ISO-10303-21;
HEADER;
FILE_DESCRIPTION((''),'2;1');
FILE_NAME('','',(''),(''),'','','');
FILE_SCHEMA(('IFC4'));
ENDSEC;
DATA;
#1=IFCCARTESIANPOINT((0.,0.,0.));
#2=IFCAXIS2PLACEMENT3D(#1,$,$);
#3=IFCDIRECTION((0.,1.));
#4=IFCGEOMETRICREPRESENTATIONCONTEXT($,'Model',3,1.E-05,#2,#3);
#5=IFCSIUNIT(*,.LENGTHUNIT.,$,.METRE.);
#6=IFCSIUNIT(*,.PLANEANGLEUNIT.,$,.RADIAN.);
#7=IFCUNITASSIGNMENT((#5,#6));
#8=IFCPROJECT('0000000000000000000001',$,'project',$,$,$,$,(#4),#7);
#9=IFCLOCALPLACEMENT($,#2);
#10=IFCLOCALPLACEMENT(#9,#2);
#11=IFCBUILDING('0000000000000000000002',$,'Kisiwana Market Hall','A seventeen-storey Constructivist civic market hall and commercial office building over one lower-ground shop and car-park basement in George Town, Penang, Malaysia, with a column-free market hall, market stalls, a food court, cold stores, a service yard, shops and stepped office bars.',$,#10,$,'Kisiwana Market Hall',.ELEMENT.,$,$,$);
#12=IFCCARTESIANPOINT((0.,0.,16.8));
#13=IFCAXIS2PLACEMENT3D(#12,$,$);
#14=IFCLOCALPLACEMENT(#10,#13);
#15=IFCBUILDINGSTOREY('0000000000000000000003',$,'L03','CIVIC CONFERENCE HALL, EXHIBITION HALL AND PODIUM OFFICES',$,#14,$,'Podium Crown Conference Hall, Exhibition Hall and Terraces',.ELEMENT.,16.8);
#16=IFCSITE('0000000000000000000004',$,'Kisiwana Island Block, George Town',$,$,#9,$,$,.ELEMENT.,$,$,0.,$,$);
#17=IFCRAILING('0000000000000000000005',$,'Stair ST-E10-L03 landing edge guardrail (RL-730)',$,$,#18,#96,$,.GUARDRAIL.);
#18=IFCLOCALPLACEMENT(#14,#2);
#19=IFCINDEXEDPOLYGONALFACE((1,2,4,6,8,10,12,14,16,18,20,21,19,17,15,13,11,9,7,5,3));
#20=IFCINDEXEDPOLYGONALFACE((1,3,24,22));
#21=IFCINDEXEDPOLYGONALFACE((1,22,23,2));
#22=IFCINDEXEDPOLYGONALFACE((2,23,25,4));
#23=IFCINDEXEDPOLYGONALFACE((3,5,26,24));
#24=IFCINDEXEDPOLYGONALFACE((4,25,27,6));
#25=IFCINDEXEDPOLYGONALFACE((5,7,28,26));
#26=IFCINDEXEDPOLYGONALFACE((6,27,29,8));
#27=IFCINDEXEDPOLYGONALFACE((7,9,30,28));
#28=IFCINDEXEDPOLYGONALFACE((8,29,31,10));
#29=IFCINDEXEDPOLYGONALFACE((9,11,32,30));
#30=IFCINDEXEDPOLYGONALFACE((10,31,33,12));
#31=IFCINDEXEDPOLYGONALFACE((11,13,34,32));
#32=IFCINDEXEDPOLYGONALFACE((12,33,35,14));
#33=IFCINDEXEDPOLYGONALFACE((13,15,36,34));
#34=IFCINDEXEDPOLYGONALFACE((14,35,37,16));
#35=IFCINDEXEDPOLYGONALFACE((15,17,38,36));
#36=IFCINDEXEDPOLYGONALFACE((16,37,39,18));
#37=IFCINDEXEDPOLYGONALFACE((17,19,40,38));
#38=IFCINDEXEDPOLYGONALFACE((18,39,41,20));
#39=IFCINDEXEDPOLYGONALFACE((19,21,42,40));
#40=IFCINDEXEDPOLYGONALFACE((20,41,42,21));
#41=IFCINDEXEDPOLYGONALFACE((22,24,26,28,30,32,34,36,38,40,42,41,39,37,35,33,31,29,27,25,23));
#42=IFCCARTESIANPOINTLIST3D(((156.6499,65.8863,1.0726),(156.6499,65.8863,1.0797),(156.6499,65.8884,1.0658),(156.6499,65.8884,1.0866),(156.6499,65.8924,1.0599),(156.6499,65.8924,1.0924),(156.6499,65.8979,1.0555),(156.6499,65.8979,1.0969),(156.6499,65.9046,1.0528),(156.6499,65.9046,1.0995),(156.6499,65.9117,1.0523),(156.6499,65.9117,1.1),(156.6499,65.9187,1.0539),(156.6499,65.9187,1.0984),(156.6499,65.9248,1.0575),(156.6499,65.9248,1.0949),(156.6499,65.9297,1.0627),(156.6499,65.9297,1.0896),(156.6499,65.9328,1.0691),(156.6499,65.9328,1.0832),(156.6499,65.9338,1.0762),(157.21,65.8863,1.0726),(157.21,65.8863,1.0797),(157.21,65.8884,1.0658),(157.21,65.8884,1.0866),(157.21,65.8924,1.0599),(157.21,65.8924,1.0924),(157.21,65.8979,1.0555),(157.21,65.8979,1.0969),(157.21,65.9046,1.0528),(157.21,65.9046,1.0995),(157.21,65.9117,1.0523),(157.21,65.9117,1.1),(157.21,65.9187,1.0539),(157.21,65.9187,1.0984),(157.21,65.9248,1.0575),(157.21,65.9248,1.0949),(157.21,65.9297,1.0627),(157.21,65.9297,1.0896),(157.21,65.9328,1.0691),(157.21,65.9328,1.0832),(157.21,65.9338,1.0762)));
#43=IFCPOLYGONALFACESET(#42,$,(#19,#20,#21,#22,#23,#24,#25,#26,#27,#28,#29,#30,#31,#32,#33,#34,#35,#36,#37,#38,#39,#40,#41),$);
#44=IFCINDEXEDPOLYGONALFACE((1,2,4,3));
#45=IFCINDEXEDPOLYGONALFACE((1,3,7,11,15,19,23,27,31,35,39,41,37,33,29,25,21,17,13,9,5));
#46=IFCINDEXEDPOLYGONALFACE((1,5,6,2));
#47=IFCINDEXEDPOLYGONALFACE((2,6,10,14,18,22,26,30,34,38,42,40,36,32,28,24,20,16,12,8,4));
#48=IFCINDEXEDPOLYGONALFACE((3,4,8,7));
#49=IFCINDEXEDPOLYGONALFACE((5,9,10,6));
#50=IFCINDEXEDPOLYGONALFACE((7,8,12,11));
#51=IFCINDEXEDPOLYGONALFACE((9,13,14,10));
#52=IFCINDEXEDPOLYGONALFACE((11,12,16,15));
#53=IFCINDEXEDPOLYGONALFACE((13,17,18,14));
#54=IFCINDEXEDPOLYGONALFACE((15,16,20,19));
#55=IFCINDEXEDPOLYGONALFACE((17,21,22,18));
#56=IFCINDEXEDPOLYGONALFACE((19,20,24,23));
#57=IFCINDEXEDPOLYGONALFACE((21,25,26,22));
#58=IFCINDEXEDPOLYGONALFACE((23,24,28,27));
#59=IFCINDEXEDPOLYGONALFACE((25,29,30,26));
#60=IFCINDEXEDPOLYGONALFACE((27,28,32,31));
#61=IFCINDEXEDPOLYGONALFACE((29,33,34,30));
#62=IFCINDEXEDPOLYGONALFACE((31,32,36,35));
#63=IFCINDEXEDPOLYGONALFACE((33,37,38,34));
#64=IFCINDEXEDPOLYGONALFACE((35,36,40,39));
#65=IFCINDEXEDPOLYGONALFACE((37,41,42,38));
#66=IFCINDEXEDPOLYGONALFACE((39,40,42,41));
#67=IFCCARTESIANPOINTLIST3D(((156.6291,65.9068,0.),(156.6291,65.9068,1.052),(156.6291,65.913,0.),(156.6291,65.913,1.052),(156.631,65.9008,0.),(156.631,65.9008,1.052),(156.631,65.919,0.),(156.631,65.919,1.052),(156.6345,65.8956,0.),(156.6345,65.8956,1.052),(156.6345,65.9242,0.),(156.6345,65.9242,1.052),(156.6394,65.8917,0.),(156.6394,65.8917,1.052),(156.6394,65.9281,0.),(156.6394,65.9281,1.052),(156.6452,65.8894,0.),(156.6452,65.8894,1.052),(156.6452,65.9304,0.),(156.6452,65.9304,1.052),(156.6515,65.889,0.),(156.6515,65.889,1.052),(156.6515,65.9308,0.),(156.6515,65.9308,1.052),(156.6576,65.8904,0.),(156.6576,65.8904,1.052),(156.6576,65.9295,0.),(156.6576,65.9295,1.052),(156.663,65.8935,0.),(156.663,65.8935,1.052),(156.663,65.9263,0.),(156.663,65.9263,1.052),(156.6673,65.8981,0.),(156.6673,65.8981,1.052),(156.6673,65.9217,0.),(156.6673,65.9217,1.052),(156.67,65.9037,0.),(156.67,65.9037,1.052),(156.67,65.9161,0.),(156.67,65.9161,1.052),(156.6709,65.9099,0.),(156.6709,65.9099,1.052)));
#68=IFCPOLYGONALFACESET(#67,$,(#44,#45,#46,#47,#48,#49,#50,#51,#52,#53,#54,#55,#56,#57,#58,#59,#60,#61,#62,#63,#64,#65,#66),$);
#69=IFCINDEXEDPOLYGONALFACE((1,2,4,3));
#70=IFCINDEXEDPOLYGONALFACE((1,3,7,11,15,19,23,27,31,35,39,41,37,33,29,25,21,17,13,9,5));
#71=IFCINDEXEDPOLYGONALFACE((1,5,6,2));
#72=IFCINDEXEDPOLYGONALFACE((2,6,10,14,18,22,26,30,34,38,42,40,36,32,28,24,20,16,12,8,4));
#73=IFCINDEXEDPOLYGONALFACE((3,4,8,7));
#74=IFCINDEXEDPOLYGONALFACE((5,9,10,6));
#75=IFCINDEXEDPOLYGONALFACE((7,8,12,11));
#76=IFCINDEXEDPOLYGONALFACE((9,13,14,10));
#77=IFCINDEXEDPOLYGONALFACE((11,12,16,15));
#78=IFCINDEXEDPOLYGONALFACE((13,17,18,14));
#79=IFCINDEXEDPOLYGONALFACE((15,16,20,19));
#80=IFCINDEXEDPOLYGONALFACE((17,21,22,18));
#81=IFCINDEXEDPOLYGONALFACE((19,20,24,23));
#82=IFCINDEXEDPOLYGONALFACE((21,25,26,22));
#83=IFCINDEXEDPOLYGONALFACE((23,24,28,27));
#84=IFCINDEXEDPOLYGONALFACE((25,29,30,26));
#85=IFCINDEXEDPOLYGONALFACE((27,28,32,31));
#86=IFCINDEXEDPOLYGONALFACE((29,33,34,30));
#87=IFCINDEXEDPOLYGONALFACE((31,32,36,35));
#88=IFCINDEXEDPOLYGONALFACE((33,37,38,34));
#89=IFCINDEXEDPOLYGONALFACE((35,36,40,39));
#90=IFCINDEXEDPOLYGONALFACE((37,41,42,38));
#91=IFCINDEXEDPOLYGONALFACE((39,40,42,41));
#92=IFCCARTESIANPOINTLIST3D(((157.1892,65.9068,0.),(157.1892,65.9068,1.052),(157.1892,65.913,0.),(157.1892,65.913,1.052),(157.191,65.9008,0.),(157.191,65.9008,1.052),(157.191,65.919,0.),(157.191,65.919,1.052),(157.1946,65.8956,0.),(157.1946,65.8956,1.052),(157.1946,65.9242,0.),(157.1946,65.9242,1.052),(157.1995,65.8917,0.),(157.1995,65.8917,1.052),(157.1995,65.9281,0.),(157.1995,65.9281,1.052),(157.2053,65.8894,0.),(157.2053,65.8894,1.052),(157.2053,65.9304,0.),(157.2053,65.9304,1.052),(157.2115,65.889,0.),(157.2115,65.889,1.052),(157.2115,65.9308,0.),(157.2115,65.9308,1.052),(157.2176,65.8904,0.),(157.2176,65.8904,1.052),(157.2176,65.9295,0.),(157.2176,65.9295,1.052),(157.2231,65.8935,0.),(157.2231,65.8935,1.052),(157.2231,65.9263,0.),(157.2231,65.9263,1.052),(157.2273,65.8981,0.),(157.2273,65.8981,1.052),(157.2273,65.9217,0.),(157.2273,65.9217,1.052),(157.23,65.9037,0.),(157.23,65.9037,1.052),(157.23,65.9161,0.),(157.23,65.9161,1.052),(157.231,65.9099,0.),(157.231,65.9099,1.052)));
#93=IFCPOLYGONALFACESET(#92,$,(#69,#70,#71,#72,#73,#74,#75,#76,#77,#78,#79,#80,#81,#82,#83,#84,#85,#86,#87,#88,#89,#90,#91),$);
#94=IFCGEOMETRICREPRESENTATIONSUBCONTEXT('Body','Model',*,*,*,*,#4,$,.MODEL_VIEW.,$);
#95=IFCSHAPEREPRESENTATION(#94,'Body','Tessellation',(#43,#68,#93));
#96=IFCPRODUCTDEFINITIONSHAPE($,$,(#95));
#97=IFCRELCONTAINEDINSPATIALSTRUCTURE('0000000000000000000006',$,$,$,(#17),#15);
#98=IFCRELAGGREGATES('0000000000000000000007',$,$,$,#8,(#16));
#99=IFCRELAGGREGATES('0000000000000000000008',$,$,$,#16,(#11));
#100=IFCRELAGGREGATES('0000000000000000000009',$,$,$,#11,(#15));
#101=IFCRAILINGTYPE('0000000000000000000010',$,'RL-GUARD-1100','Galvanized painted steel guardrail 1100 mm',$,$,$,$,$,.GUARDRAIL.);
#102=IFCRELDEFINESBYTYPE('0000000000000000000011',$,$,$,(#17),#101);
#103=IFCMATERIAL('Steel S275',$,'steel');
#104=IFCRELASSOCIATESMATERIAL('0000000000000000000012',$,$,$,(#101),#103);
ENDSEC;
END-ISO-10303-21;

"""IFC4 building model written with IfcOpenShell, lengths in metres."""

from ifc_helpers import new_model, si_unit, direction, frame, origin, origin_2d, place, context, subcontext, project, spatial, circle, extrude, material, type_object, element, save


model = new_model("IFC4")

# Units and contexts
model_context = context("Model", 3, precision=1e-05, world=origin(), true_north=direction((0.0, 1.0)))
body_context = subcontext(model_context, "Body", "Model", "MODEL_VIEW")
ifc_project = project(units=[si_unit("LENGTHUNIT", "METRE"), si_unit("PLANEANGLEUNIT", "RADIAN")], contexts=[model_context])

# Site, building, storey
site_placement = place(None, origin())
site = spatial("IfcSite", under=ifc_project, at=site_placement, Name="Kisiwana Island Block, George Town", CompositionType="ELEMENT", RefElevation=0.0)
building_placement = place(site_placement, origin())
building = spatial("IfcBuilding", under=site, at=building_placement, Name="Kisiwana Market Hall", Description="A seventeen-storey Constructivist civic market hall and commercial office building over one lower-ground shop and car-park basement in George Town, Penang, Malaysia, with a column-free market hall, market stalls, a food court, cold stores, a service yard, shops and stepped office bars.", LongName="Kisiwana Market Hall", CompositionType="ELEMENT")
storey_placement = place(building_placement, frame((0.0, 0.0, 16.8)))
storey = spatial("IfcBuildingStorey", under=building, at=storey_placement, Name="L03", Description="CIVIC CONFERENCE HALL, EXHIBITION HALL AND PODIUM OFFICES", LongName="Podium Crown Conference Hall, Exhibition Hall and Terraces", CompositionType="ELEMENT", Elevation=16.8)

# Railing
ifc_material_1 = material(Name="Steel S275", Category="steel")
railing_type_1 = type_object("IfcRailingType", Name="RL-GUARD-1100", Description="Galvanized painted steel guardrail 1100 mm", PredefinedType="GUARDRAIL", material=ifc_material_1)
railing_placement = place(storey_placement, frame((156.6499, 65.9099, 0.0)))
element("IfcRailing", 1, at=railing_placement, inside=storey, type_object=railing_type_1, Name="Stair ST-E10-L03 landing edge guardrail (RL-730)", PredefinedType="GUARDRAIL", context=body_context, shape_type="SweptSolid", body=[
    extrude(circle(Radius=0.0239, at=origin_2d()), frame((0.0, 0.0, 1.0762), z_axis=(1.0, 0.0, 0.0), x_axis=(0.0, 1.0, 0.0)), (0.0, 0.0, 1.0), 0.5601),
    extrude(circle(Radius=0.021, at=origin_2d()), origin(), (0.0, 0.0, 1.0), 1.052),
    extrude(circle(Radius=0.021, at=origin_2d()), frame((0.5601, 0.0, 0.0)), (0.0, 0.0, 1.0), 1.052),
])

save(model, "model.ifc")
